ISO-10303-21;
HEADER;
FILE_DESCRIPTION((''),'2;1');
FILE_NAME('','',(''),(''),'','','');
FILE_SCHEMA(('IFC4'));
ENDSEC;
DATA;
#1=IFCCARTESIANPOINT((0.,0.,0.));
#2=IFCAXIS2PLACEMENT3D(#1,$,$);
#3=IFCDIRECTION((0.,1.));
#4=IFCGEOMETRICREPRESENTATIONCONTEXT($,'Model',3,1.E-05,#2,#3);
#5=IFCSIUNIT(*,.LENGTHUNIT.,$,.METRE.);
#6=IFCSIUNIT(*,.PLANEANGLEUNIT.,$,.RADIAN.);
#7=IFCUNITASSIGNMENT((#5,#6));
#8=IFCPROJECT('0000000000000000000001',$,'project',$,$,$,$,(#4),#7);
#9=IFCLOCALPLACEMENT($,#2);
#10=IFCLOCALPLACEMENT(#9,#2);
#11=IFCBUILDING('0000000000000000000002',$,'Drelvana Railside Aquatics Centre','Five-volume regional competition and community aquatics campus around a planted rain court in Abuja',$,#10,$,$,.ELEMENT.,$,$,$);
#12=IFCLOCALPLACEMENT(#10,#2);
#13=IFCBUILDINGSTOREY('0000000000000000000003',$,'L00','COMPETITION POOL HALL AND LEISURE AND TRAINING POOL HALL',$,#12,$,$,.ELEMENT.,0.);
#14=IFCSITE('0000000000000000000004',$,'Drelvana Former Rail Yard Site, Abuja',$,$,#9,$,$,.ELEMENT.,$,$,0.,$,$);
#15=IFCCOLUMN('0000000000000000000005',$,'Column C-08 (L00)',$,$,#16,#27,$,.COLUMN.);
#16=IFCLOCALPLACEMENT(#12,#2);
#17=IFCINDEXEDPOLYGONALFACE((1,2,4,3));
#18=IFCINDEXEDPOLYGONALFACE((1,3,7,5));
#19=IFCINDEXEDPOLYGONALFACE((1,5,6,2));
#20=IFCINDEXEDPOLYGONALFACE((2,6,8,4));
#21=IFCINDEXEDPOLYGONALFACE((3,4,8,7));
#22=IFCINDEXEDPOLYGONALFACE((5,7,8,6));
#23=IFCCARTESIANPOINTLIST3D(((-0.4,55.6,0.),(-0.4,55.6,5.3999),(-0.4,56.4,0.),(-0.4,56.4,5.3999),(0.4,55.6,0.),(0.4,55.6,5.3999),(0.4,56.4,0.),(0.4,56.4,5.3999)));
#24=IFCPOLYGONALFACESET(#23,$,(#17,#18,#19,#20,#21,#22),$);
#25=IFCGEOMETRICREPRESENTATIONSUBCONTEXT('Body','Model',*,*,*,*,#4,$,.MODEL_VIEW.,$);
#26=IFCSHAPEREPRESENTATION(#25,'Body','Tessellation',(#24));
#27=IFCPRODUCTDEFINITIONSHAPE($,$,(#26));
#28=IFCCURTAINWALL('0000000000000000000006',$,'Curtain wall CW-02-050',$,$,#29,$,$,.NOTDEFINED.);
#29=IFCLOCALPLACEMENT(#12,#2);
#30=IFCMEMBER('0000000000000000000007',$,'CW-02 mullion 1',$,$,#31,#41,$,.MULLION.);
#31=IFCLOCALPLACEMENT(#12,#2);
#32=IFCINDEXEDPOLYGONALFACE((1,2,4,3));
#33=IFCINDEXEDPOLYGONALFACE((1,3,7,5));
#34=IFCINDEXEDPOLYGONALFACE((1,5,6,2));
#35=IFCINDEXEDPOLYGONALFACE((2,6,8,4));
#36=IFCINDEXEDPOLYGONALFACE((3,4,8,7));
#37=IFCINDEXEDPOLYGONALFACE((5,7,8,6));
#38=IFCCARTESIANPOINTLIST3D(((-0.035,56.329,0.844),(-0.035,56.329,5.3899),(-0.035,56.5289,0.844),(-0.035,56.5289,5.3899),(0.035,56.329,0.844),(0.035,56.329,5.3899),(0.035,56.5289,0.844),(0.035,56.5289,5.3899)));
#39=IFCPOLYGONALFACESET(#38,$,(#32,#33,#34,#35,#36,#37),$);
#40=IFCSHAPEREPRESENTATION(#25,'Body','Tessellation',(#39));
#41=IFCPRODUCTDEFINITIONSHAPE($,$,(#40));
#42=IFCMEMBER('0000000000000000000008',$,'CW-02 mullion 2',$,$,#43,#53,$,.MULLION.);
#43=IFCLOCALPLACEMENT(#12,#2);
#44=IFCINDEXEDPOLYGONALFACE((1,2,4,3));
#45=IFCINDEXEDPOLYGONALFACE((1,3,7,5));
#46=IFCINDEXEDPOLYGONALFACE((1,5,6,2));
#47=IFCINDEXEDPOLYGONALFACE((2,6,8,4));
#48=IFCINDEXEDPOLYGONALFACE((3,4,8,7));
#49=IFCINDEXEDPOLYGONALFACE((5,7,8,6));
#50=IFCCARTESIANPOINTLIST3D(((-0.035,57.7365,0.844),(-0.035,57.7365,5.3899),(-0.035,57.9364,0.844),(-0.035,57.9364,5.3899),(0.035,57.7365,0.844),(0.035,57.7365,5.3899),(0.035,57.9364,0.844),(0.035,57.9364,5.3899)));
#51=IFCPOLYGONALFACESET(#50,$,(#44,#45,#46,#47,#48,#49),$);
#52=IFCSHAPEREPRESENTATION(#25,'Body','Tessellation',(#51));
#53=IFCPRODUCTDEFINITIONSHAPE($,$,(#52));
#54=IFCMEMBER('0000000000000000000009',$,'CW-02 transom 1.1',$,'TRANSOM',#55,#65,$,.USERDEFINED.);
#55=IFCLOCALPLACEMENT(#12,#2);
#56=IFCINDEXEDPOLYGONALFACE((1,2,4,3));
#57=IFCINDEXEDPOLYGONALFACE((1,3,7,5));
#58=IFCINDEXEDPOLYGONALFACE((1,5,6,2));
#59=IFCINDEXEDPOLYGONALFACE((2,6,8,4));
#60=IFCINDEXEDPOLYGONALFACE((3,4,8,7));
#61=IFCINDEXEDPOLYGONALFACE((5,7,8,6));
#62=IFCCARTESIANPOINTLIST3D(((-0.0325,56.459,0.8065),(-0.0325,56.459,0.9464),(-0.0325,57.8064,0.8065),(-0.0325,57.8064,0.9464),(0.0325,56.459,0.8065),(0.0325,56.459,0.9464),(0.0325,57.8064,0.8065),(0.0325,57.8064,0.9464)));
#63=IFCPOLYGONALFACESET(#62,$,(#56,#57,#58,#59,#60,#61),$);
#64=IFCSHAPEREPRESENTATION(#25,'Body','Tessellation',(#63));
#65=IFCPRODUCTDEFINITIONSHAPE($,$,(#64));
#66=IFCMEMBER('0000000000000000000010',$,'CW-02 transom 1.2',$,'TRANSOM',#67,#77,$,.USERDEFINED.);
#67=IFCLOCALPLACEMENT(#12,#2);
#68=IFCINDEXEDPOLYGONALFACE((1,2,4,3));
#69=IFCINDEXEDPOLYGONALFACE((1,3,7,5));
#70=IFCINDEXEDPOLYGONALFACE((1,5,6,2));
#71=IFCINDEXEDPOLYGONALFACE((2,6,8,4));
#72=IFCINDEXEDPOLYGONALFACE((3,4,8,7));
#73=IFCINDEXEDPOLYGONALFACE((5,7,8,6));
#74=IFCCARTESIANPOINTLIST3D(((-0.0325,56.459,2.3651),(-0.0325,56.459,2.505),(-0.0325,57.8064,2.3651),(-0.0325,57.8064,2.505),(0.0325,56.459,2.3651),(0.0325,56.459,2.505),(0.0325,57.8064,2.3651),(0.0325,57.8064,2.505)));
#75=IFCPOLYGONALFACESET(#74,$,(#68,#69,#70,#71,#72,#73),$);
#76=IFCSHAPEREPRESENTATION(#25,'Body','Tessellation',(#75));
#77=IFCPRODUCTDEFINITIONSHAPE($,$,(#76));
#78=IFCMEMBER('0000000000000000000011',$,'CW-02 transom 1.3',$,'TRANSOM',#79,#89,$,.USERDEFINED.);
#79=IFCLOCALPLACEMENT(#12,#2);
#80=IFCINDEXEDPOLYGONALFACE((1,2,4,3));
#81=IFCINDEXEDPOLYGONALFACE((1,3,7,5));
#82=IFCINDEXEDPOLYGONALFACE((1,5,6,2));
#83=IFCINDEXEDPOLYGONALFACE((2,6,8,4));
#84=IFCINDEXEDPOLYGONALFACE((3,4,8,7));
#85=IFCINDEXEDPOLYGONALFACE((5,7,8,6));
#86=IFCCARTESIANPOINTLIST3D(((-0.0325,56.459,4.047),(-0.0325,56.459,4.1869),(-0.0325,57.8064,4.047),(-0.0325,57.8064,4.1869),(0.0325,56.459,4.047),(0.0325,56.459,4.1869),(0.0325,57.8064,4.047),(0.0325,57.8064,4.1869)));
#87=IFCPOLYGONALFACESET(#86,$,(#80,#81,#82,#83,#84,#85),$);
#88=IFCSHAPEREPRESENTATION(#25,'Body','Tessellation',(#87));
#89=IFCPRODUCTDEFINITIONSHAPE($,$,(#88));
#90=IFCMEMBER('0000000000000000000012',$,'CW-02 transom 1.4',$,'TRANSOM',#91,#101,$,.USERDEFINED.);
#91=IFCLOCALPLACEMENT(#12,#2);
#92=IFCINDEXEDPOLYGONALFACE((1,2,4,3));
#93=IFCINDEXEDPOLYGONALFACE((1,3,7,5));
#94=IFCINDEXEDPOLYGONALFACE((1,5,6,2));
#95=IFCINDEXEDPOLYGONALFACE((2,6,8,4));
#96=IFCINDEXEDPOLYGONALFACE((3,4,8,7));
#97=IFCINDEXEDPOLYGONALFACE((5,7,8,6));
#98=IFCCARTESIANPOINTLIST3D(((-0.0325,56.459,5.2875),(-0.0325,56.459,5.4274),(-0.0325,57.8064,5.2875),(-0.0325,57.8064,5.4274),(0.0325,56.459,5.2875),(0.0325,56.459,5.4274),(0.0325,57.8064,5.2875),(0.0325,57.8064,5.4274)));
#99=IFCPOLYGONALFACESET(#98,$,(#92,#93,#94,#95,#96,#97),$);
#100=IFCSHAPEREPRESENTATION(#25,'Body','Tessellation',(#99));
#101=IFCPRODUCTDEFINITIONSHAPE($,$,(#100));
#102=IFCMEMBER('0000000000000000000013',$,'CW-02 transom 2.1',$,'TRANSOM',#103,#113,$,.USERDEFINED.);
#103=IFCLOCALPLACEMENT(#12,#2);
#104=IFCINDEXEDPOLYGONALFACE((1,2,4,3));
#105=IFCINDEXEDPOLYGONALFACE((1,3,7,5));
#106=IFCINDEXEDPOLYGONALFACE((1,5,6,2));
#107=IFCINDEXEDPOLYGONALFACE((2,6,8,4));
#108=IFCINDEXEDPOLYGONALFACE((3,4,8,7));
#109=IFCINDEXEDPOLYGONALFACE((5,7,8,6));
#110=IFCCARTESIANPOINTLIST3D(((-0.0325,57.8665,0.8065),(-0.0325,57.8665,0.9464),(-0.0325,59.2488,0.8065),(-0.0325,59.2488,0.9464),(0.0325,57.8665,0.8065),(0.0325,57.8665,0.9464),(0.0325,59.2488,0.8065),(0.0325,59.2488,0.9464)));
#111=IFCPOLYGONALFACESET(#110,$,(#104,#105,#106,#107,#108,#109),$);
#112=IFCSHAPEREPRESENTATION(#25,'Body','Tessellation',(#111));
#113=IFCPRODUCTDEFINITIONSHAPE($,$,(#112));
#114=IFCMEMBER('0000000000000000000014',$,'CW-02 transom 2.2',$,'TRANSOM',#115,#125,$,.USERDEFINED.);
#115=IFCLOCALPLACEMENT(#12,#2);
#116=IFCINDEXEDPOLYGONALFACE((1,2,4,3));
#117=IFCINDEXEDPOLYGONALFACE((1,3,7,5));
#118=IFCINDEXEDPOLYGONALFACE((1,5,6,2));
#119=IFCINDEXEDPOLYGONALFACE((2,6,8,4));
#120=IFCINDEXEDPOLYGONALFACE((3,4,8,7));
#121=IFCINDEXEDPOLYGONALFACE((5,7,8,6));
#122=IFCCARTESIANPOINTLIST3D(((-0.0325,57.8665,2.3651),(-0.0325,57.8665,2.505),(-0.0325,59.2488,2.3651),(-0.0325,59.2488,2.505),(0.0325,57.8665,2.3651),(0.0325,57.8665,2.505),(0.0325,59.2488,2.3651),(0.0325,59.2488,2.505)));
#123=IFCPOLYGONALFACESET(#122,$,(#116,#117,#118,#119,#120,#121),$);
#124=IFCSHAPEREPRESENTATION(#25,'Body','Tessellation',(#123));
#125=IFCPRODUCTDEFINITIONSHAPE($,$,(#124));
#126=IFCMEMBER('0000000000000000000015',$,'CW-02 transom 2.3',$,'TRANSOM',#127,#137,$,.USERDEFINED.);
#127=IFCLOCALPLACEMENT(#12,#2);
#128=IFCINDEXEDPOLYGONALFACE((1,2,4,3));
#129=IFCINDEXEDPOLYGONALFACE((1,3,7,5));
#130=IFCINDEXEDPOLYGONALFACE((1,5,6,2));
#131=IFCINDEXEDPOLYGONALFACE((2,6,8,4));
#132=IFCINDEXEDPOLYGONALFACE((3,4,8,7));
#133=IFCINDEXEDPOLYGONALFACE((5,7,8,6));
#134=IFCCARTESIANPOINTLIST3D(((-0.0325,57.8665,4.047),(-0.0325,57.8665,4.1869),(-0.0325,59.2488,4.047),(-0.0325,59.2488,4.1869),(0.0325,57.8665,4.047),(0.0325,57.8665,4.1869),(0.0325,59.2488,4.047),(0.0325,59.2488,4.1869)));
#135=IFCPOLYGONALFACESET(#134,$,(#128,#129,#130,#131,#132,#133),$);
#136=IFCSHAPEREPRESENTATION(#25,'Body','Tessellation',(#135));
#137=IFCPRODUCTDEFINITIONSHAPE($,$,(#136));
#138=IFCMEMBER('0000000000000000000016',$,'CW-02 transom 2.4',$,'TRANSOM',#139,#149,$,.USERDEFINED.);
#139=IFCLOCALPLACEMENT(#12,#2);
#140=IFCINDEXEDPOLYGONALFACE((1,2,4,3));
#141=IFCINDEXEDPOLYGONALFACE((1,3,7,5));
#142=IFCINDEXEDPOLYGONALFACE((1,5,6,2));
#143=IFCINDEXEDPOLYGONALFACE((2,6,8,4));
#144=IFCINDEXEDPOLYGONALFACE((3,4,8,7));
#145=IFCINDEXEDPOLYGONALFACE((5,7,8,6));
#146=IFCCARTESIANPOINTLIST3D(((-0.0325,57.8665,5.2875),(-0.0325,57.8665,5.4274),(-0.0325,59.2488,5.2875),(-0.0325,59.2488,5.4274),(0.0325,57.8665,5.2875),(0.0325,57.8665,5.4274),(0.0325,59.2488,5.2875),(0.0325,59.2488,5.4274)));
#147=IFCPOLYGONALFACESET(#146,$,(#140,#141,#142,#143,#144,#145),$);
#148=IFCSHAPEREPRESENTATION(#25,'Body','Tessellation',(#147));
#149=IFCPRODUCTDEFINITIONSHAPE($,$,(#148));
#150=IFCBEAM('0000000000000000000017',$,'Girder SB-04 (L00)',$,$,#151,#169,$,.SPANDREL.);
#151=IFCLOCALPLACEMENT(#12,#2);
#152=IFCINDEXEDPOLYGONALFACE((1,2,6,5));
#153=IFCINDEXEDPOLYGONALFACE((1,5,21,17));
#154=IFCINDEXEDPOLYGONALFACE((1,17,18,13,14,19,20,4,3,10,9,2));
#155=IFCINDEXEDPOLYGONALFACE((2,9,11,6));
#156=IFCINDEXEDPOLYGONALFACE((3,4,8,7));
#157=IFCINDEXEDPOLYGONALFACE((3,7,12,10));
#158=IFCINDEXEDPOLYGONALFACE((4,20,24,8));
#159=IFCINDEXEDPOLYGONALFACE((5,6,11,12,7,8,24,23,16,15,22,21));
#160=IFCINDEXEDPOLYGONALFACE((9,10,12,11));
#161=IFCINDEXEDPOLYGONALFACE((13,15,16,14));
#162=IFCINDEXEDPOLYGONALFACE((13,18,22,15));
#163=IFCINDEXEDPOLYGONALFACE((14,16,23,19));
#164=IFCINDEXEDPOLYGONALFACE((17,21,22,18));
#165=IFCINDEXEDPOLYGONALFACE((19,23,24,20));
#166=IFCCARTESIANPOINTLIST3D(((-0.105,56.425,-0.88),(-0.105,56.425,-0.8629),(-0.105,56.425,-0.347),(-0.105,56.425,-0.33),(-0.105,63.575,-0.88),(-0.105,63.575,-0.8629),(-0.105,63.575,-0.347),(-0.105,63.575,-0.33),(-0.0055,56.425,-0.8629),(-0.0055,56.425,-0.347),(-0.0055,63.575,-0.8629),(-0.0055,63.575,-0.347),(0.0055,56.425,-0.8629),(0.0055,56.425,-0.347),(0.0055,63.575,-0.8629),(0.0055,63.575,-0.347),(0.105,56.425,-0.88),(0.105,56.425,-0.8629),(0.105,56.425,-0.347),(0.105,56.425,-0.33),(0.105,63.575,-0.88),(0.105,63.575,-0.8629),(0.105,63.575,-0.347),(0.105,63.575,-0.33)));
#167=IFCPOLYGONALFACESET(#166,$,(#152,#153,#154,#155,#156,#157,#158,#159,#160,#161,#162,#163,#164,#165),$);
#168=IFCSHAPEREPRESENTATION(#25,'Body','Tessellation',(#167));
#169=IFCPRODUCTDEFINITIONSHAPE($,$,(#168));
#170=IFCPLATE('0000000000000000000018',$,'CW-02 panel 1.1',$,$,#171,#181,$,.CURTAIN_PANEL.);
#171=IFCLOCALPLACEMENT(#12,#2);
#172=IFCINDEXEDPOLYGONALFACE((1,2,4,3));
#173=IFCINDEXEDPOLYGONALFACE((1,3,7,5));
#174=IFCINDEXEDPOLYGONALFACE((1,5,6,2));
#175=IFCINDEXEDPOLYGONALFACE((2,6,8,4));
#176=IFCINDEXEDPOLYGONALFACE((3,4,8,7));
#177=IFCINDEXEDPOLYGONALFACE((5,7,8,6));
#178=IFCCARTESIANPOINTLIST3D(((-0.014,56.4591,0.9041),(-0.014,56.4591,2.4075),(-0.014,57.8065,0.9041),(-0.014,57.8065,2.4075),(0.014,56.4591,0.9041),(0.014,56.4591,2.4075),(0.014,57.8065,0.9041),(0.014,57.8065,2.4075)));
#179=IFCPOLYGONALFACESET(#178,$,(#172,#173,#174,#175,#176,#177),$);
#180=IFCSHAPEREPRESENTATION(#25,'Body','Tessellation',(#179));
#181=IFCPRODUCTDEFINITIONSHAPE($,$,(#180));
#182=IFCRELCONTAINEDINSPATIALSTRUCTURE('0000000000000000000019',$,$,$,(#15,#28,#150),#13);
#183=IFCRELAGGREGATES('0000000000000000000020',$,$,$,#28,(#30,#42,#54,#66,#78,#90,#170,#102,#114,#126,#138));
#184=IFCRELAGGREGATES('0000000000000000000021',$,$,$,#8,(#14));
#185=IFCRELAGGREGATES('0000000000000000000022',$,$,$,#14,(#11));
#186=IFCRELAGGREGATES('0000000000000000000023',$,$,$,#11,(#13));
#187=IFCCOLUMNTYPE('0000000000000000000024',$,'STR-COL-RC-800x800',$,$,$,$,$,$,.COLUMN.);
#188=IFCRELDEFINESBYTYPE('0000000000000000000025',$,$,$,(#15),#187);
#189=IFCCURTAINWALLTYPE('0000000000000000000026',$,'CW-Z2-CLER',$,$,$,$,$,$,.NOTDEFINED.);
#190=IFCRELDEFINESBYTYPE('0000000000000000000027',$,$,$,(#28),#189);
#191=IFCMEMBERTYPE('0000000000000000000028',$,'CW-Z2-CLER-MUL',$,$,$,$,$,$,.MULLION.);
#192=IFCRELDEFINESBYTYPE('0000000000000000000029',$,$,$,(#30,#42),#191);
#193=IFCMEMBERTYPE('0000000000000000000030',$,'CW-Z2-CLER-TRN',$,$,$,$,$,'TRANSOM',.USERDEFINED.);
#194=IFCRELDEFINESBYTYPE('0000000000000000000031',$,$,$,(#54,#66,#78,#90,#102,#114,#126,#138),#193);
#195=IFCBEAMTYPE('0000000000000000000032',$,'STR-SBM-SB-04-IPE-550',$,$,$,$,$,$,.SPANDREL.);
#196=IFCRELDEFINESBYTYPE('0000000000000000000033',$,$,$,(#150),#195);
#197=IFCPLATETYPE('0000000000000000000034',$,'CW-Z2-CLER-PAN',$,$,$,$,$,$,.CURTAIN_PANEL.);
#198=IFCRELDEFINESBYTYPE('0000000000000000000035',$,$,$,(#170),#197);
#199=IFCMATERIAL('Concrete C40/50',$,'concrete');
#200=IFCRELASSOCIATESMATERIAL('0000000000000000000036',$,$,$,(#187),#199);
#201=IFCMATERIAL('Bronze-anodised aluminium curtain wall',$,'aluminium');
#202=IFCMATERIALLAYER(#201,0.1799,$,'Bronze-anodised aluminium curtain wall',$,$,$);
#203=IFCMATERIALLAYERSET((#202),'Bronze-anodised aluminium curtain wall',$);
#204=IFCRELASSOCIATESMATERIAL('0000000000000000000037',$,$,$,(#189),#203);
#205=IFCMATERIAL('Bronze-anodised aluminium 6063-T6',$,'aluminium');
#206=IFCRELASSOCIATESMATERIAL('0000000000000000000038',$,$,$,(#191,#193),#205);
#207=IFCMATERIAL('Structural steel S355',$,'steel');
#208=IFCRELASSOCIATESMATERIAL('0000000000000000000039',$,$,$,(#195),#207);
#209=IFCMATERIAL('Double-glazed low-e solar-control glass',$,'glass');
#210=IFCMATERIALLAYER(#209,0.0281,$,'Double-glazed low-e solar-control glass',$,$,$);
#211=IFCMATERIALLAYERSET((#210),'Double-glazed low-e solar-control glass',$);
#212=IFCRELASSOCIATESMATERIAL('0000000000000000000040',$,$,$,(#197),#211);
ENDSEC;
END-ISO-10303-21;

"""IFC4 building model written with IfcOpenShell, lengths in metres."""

from ifc_helpers import new_model, si_unit, direction, frame, origin, origin_2d, place, context, subcontext, project, spatial, rectangle, i_section, extrude, material, layer, layer_set, material_profile, profile_set, type_object, element, aggregate, save


model = new_model("IFC4")

# Units and contexts
model_context = context("Model", 3, precision=1e-05, world=origin(), true_north=direction((0.0, 1.0)))
body_context = subcontext(model_context, "Body", "Model", "MODEL_VIEW")
ifc_project = project(units=[si_unit("LENGTHUNIT", "METRE"), si_unit("PLANEANGLEUNIT", "RADIAN")], contexts=[model_context])

# Site, building, storey
site_placement = place(None, origin())
site = spatial("IfcSite", under=ifc_project, at=site_placement, Name="Drelvana Former Rail Yard Site, Abuja", CompositionType="ELEMENT", RefElevation=0.0)
building_placement = place(site_placement, origin())
building = spatial("IfcBuilding", under=site, at=building_placement, Name="Drelvana Railside Aquatics Centre", Description="Five-volume regional competition and community aquatics campus around a planted rain court in Abuja", CompositionType="ELEMENT")
storey_placement = place(building_placement, origin())
storey = spatial("IfcBuildingStorey", under=building, at=storey_placement, Name="L00", Description="COMPETITION POOL HALL AND LEISURE AND TRAINING POOL HALL", CompositionType="ELEMENT", Elevation=0.0)

# Column
ifc_material_1 = material(Name="Concrete C40/50", Category="concrete")
ifc_material_profile_1 = material_profile(ifc_material_1, rectangle(XDim=0.8, YDim=0.8, at=origin_2d()), Name="RC 800x800")
ifc_profile_set_1 = profile_set([ifc_material_profile_1], Name="Concrete C40/50")
column_type = type_object("IfcColumnType", Name="STR-COL-RC-800x800", PredefinedType="COLUMN", material=ifc_profile_set_1)
column_placement = place(storey_placement, frame((0.0, 56.0, 0.0), z_axis=(0.0, 0.0, 1.0), x_axis=(1.0, 0.0, 0.0)))
element("IfcColumn", 1, at=column_placement, inside=storey, type_object=column_type, Name="Column C-08 (L00)", PredefinedType="COLUMN", context=body_context, shape_type="SweptSolid", body=[
    extrude(rectangle(XDim=0.8, YDim=0.8, at=origin_2d()), origin(), (0.0, 0.0, 1.0), 5.3999),
])

# Curtain wall, members
ifc_material_2 = material(Name="Bronze-anodised aluminium curtain wall", Category="aluminium")
ifc_layer_1 = layer(ifc_material_2, 0.1799, Name="Bronze-anodised aluminium curtain wall")
ifc_layer_set_1 = layer_set([ifc_layer_1], Name="Bronze-anodised aluminium curtain wall")
curtain_wall_type = type_object("IfcCurtainWallType", Name="CW-Z2-CLER", PredefinedType="NOTDEFINED", material=ifc_layer_set_1)
curtain_wall_placement = place(storey_placement, origin())
curtain_wall = element("IfcCurtainWall", 2, at=curtain_wall_placement, inside=storey, type_object=curtain_wall_type, Name="Curtain wall CW-02-050", PredefinedType="NOTDEFINED")
ifc_material_3 = material(Name="Bronze-anodised aluminium 6063-T6", Category="aluminium")
ifc_material_profile_2 = material_profile(ifc_material_3, rectangle(XDim=0.0701, YDim=0.2, at=origin_2d()), Name="ALU-M 70x200")
ifc_profile_set_2 = profile_set([ifc_material_profile_2], Name="Bronze-anodised aluminium 6063-T6")
member_type_1 = type_object("IfcMemberType", Name="CW-Z2-CLER-MUL", PredefinedType="MULLION", material=ifc_profile_set_2)
member_1_placement = place(storey_placement, frame((0.0, 56.429, 0.844), z_axis=(0.0, 0.0, 1.0), x_axis=(-1.0, 0.0, 0.0)))
member_1 = element("IfcMember", 3, at=member_1_placement, type_object=member_type_1, Name="CW-02 mullion 1", PredefinedType="MULLION", context=body_context, shape_type="SweptSolid", body=[
    extrude(rectangle(XDim=0.0701, YDim=0.2, at=origin_2d()), origin(), (0.0, 0.0, 1.0), 4.5459),
])
member_2_placement = place(storey_placement, frame((0.0, 57.8364, 0.844), z_axis=(0.0, 0.0, 1.0), x_axis=(-1.0, 0.0, 0.0)))
member_2 = element("IfcMember", 4, at=member_2_placement, type_object=member_type_1, Name="CW-02 mullion 2", PredefinedType="MULLION", context=body_context, shape_type="SweptSolid", body=[
    extrude(rectangle(XDim=0.0701, YDim=0.2, at=origin_2d()), origin(), (0.0, 0.0, 1.0), 4.5459),
])
ifc_material_profile_3 = material_profile(ifc_material_3, rectangle(XDim=0.1399, YDim=0.0649, at=origin_2d()), Name="ALU-T 65x140")
ifc_profile_set_3 = profile_set([ifc_material_profile_3], Name="Bronze-anodised aluminium 6063-T6")
member_type_2 = type_object("IfcMemberType", Name="CW-Z2-CLER-TRN", ElementType="TRANSOM", PredefinedType="USERDEFINED", material=ifc_profile_set_3)
member_3_placement = place(storey_placement, frame((0.0, 56.459, 0.8765), z_axis=(0.0, 1.0, 0.0), x_axis=(0.0, 0.0, 1.0)))
member_3 = element("IfcMember", 5, at=member_3_placement, type_object=member_type_2, Name="CW-02 transom 1.1", ObjectType="TRANSOM", PredefinedType="USERDEFINED", context=body_context, shape_type="SweptSolid", body=[
    extrude(rectangle(XDim=0.1399, YDim=0.0649, at=origin_2d()), origin(), (0.0, 0.0, 1.0), 1.3474),
])
member_4_placement = place(storey_placement, frame((0.0, 56.459, 2.4351), z_axis=(0.0, 1.0, 0.0), x_axis=(0.0, 0.0, 1.0)))
member_4 = element("IfcMember", 6, at=member_4_placement, type_object=member_type_2, Name="CW-02 transom 1.2", ObjectType="TRANSOM", PredefinedType="USERDEFINED", context=body_context, shape_type="SweptSolid", body=[
    extrude(rectangle(XDim=0.1399, YDim=0.0649, at=origin_2d()), origin(), (0.0, 0.0, 1.0), 1.3474),
])
member_5_placement = place(storey_placement, frame((0.0, 56.459, 4.1169), z_axis=(0.0, 1.0, 0.0), x_axis=(0.0, 0.0, 1.0)))
member_5 = element("IfcMember", 7, at=member_5_placement, type_object=member_type_2, Name="CW-02 transom 1.3", ObjectType="TRANSOM", PredefinedType="USERDEFINED", context=body_context, shape_type="SweptSolid", body=[
    extrude(rectangle(XDim=0.1399, YDim=0.0649, at=origin_2d()), origin(), (0.0, 0.0, 1.0), 1.3474),
])
member_6_placement = place(storey_placement, frame((0.0, 56.459, 5.3574), z_axis=(0.0, 1.0, 0.0), x_axis=(0.0, 0.0, 1.0)))
member_6 = element("IfcMember", 8, at=member_6_placement, type_object=member_type_2, Name="CW-02 transom 1.4", ObjectType="TRANSOM", PredefinedType="USERDEFINED", context=body_context, shape_type="SweptSolid", body=[
    extrude(rectangle(XDim=0.1399, YDim=0.0649, at=origin_2d()), origin(), (0.0, 0.0, 1.0), 1.3474),
])
member_7_placement = place(storey_placement, frame((0.0, 57.8665, 0.8765), z_axis=(0.0, 1.0, 0.0), x_axis=(0.0, 0.0, 1.0)))
member_7 = element("IfcMember", 9, at=member_7_placement, type_object=member_type_2, Name="CW-02 transom 2.1", ObjectType="TRANSOM", PredefinedType="USERDEFINED", context=body_context, shape_type="SweptSolid", body=[
    extrude(rectangle(XDim=0.1399, YDim=0.0649, at=origin_2d()), origin(), (0.0, 0.0, 1.0), 1.3823),
])
member_8_placement = place(storey_placement, frame((0.0, 57.8665, 2.4351), z_axis=(0.0, 1.0, 0.0), x_axis=(0.0, 0.0, 1.0)))
member_8 = element("IfcMember", 10, at=member_8_placement, type_object=member_type_2, Name="CW-02 transom 2.2", ObjectType="TRANSOM", PredefinedType="USERDEFINED", context=body_context, shape_type="SweptSolid", body=[
    extrude(rectangle(XDim=0.1399, YDim=0.0649, at=origin_2d()), origin(), (0.0, 0.0, 1.0), 1.3823),
])
member_9_placement = place(storey_placement, frame((0.0, 57.8665, 4.1169), z_axis=(0.0, 1.0, 0.0), x_axis=(0.0, 0.0, 1.0)))
member_9 = element("IfcMember", 11, at=member_9_placement, type_object=member_type_2, Name="CW-02 transom 2.3", ObjectType="TRANSOM", PredefinedType="USERDEFINED", context=body_context, shape_type="SweptSolid", body=[
    extrude(rectangle(XDim=0.1399, YDim=0.0649, at=origin_2d()), origin(), (0.0, 0.0, 1.0), 1.3823),
])
member_10_placement = place(storey_placement, frame((0.0, 57.8665, 5.3574), z_axis=(0.0, 1.0, 0.0), x_axis=(0.0, 0.0, 1.0)))
member_10 = element("IfcMember", 12, at=member_10_placement, type_object=member_type_2, Name="CW-02 transom 2.4", ObjectType="TRANSOM", PredefinedType="USERDEFINED", context=body_context, shape_type="SweptSolid", body=[
    extrude(rectangle(XDim=0.1399, YDim=0.0649, at=origin_2d()), origin(), (0.0, 0.0, 1.0), 1.3823),
])

# Beam
ifc_material_4 = material(Name="Structural steel S355", Category="steel")
ifc_material_profile_4 = material_profile(ifc_material_4, i_section(OverallWidth=0.21, OverallDepth=0.55, WebThickness=0.011, FlangeThickness=0.0171, at=origin_2d()), Name="IPE 550")
ifc_profile_set_4 = profile_set([ifc_material_profile_4], Name="Structural steel S355")
beam_type = type_object("IfcBeamType", Name="STR-SBM-SB-04-IPE-550", PredefinedType="SPANDREL", material=ifc_profile_set_4)
beam_placement = place(storey_placement, frame((0.0, 56.425, -0.605), z_axis=(0.0, 1.0, 0.0), x_axis=(-1.0, 0.0, 0.0)))
element("IfcBeam", 13, at=beam_placement, inside=storey, type_object=beam_type, Name="Girder SB-04 (L00)", PredefinedType="SPANDREL", context=body_context, shape_type="SweptSolid", body=[
    extrude(i_section(OverallWidth=0.21, OverallDepth=0.55, WebThickness=0.011, FlangeThickness=0.0171, at=origin_2d()), origin(), (0.0, 0.0, 1.0), 7.1499),
])

# Plate
ifc_material_5 = material(Name="Double-glazed low-e solar-control glass", Category="glass")
ifc_layer_2 = layer(ifc_material_5, 0.0281, Name="Double-glazed low-e solar-control glass")
ifc_layer_set_2 = layer_set([ifc_layer_2], Name="Double-glazed low-e solar-control glass")
plate_type_1 = type_object("IfcPlateType", Name="CW-Z2-CLER-PAN", PredefinedType="CURTAIN_PANEL", material=ifc_layer_set_2)
plate_1_placement = place(storey_placement, frame((0.0, 57.1328, 0.9041), z_axis=(0.0, 0.0, 1.0), x_axis=(0.0, 1.0, 0.0)))
plate_1 = element("IfcPlate", 14, at=plate_1_placement, type_object=plate_type_1, Name="CW-02 panel 1.1", PredefinedType="CURTAIN_PANEL", context=body_context, shape_type="SweptSolid", body=[
    extrude(rectangle(XDim=1.3474, YDim=0.0281, at=origin_2d()), origin(), (0.0, 0.0, 1.0), 1.5034),
])
aggregate(curtain_wall, [member_1, member_2, member_3, member_4, member_5, member_6, plate_1, member_7, member_8, member_9, member_10])

save(model, "model.ifc")
